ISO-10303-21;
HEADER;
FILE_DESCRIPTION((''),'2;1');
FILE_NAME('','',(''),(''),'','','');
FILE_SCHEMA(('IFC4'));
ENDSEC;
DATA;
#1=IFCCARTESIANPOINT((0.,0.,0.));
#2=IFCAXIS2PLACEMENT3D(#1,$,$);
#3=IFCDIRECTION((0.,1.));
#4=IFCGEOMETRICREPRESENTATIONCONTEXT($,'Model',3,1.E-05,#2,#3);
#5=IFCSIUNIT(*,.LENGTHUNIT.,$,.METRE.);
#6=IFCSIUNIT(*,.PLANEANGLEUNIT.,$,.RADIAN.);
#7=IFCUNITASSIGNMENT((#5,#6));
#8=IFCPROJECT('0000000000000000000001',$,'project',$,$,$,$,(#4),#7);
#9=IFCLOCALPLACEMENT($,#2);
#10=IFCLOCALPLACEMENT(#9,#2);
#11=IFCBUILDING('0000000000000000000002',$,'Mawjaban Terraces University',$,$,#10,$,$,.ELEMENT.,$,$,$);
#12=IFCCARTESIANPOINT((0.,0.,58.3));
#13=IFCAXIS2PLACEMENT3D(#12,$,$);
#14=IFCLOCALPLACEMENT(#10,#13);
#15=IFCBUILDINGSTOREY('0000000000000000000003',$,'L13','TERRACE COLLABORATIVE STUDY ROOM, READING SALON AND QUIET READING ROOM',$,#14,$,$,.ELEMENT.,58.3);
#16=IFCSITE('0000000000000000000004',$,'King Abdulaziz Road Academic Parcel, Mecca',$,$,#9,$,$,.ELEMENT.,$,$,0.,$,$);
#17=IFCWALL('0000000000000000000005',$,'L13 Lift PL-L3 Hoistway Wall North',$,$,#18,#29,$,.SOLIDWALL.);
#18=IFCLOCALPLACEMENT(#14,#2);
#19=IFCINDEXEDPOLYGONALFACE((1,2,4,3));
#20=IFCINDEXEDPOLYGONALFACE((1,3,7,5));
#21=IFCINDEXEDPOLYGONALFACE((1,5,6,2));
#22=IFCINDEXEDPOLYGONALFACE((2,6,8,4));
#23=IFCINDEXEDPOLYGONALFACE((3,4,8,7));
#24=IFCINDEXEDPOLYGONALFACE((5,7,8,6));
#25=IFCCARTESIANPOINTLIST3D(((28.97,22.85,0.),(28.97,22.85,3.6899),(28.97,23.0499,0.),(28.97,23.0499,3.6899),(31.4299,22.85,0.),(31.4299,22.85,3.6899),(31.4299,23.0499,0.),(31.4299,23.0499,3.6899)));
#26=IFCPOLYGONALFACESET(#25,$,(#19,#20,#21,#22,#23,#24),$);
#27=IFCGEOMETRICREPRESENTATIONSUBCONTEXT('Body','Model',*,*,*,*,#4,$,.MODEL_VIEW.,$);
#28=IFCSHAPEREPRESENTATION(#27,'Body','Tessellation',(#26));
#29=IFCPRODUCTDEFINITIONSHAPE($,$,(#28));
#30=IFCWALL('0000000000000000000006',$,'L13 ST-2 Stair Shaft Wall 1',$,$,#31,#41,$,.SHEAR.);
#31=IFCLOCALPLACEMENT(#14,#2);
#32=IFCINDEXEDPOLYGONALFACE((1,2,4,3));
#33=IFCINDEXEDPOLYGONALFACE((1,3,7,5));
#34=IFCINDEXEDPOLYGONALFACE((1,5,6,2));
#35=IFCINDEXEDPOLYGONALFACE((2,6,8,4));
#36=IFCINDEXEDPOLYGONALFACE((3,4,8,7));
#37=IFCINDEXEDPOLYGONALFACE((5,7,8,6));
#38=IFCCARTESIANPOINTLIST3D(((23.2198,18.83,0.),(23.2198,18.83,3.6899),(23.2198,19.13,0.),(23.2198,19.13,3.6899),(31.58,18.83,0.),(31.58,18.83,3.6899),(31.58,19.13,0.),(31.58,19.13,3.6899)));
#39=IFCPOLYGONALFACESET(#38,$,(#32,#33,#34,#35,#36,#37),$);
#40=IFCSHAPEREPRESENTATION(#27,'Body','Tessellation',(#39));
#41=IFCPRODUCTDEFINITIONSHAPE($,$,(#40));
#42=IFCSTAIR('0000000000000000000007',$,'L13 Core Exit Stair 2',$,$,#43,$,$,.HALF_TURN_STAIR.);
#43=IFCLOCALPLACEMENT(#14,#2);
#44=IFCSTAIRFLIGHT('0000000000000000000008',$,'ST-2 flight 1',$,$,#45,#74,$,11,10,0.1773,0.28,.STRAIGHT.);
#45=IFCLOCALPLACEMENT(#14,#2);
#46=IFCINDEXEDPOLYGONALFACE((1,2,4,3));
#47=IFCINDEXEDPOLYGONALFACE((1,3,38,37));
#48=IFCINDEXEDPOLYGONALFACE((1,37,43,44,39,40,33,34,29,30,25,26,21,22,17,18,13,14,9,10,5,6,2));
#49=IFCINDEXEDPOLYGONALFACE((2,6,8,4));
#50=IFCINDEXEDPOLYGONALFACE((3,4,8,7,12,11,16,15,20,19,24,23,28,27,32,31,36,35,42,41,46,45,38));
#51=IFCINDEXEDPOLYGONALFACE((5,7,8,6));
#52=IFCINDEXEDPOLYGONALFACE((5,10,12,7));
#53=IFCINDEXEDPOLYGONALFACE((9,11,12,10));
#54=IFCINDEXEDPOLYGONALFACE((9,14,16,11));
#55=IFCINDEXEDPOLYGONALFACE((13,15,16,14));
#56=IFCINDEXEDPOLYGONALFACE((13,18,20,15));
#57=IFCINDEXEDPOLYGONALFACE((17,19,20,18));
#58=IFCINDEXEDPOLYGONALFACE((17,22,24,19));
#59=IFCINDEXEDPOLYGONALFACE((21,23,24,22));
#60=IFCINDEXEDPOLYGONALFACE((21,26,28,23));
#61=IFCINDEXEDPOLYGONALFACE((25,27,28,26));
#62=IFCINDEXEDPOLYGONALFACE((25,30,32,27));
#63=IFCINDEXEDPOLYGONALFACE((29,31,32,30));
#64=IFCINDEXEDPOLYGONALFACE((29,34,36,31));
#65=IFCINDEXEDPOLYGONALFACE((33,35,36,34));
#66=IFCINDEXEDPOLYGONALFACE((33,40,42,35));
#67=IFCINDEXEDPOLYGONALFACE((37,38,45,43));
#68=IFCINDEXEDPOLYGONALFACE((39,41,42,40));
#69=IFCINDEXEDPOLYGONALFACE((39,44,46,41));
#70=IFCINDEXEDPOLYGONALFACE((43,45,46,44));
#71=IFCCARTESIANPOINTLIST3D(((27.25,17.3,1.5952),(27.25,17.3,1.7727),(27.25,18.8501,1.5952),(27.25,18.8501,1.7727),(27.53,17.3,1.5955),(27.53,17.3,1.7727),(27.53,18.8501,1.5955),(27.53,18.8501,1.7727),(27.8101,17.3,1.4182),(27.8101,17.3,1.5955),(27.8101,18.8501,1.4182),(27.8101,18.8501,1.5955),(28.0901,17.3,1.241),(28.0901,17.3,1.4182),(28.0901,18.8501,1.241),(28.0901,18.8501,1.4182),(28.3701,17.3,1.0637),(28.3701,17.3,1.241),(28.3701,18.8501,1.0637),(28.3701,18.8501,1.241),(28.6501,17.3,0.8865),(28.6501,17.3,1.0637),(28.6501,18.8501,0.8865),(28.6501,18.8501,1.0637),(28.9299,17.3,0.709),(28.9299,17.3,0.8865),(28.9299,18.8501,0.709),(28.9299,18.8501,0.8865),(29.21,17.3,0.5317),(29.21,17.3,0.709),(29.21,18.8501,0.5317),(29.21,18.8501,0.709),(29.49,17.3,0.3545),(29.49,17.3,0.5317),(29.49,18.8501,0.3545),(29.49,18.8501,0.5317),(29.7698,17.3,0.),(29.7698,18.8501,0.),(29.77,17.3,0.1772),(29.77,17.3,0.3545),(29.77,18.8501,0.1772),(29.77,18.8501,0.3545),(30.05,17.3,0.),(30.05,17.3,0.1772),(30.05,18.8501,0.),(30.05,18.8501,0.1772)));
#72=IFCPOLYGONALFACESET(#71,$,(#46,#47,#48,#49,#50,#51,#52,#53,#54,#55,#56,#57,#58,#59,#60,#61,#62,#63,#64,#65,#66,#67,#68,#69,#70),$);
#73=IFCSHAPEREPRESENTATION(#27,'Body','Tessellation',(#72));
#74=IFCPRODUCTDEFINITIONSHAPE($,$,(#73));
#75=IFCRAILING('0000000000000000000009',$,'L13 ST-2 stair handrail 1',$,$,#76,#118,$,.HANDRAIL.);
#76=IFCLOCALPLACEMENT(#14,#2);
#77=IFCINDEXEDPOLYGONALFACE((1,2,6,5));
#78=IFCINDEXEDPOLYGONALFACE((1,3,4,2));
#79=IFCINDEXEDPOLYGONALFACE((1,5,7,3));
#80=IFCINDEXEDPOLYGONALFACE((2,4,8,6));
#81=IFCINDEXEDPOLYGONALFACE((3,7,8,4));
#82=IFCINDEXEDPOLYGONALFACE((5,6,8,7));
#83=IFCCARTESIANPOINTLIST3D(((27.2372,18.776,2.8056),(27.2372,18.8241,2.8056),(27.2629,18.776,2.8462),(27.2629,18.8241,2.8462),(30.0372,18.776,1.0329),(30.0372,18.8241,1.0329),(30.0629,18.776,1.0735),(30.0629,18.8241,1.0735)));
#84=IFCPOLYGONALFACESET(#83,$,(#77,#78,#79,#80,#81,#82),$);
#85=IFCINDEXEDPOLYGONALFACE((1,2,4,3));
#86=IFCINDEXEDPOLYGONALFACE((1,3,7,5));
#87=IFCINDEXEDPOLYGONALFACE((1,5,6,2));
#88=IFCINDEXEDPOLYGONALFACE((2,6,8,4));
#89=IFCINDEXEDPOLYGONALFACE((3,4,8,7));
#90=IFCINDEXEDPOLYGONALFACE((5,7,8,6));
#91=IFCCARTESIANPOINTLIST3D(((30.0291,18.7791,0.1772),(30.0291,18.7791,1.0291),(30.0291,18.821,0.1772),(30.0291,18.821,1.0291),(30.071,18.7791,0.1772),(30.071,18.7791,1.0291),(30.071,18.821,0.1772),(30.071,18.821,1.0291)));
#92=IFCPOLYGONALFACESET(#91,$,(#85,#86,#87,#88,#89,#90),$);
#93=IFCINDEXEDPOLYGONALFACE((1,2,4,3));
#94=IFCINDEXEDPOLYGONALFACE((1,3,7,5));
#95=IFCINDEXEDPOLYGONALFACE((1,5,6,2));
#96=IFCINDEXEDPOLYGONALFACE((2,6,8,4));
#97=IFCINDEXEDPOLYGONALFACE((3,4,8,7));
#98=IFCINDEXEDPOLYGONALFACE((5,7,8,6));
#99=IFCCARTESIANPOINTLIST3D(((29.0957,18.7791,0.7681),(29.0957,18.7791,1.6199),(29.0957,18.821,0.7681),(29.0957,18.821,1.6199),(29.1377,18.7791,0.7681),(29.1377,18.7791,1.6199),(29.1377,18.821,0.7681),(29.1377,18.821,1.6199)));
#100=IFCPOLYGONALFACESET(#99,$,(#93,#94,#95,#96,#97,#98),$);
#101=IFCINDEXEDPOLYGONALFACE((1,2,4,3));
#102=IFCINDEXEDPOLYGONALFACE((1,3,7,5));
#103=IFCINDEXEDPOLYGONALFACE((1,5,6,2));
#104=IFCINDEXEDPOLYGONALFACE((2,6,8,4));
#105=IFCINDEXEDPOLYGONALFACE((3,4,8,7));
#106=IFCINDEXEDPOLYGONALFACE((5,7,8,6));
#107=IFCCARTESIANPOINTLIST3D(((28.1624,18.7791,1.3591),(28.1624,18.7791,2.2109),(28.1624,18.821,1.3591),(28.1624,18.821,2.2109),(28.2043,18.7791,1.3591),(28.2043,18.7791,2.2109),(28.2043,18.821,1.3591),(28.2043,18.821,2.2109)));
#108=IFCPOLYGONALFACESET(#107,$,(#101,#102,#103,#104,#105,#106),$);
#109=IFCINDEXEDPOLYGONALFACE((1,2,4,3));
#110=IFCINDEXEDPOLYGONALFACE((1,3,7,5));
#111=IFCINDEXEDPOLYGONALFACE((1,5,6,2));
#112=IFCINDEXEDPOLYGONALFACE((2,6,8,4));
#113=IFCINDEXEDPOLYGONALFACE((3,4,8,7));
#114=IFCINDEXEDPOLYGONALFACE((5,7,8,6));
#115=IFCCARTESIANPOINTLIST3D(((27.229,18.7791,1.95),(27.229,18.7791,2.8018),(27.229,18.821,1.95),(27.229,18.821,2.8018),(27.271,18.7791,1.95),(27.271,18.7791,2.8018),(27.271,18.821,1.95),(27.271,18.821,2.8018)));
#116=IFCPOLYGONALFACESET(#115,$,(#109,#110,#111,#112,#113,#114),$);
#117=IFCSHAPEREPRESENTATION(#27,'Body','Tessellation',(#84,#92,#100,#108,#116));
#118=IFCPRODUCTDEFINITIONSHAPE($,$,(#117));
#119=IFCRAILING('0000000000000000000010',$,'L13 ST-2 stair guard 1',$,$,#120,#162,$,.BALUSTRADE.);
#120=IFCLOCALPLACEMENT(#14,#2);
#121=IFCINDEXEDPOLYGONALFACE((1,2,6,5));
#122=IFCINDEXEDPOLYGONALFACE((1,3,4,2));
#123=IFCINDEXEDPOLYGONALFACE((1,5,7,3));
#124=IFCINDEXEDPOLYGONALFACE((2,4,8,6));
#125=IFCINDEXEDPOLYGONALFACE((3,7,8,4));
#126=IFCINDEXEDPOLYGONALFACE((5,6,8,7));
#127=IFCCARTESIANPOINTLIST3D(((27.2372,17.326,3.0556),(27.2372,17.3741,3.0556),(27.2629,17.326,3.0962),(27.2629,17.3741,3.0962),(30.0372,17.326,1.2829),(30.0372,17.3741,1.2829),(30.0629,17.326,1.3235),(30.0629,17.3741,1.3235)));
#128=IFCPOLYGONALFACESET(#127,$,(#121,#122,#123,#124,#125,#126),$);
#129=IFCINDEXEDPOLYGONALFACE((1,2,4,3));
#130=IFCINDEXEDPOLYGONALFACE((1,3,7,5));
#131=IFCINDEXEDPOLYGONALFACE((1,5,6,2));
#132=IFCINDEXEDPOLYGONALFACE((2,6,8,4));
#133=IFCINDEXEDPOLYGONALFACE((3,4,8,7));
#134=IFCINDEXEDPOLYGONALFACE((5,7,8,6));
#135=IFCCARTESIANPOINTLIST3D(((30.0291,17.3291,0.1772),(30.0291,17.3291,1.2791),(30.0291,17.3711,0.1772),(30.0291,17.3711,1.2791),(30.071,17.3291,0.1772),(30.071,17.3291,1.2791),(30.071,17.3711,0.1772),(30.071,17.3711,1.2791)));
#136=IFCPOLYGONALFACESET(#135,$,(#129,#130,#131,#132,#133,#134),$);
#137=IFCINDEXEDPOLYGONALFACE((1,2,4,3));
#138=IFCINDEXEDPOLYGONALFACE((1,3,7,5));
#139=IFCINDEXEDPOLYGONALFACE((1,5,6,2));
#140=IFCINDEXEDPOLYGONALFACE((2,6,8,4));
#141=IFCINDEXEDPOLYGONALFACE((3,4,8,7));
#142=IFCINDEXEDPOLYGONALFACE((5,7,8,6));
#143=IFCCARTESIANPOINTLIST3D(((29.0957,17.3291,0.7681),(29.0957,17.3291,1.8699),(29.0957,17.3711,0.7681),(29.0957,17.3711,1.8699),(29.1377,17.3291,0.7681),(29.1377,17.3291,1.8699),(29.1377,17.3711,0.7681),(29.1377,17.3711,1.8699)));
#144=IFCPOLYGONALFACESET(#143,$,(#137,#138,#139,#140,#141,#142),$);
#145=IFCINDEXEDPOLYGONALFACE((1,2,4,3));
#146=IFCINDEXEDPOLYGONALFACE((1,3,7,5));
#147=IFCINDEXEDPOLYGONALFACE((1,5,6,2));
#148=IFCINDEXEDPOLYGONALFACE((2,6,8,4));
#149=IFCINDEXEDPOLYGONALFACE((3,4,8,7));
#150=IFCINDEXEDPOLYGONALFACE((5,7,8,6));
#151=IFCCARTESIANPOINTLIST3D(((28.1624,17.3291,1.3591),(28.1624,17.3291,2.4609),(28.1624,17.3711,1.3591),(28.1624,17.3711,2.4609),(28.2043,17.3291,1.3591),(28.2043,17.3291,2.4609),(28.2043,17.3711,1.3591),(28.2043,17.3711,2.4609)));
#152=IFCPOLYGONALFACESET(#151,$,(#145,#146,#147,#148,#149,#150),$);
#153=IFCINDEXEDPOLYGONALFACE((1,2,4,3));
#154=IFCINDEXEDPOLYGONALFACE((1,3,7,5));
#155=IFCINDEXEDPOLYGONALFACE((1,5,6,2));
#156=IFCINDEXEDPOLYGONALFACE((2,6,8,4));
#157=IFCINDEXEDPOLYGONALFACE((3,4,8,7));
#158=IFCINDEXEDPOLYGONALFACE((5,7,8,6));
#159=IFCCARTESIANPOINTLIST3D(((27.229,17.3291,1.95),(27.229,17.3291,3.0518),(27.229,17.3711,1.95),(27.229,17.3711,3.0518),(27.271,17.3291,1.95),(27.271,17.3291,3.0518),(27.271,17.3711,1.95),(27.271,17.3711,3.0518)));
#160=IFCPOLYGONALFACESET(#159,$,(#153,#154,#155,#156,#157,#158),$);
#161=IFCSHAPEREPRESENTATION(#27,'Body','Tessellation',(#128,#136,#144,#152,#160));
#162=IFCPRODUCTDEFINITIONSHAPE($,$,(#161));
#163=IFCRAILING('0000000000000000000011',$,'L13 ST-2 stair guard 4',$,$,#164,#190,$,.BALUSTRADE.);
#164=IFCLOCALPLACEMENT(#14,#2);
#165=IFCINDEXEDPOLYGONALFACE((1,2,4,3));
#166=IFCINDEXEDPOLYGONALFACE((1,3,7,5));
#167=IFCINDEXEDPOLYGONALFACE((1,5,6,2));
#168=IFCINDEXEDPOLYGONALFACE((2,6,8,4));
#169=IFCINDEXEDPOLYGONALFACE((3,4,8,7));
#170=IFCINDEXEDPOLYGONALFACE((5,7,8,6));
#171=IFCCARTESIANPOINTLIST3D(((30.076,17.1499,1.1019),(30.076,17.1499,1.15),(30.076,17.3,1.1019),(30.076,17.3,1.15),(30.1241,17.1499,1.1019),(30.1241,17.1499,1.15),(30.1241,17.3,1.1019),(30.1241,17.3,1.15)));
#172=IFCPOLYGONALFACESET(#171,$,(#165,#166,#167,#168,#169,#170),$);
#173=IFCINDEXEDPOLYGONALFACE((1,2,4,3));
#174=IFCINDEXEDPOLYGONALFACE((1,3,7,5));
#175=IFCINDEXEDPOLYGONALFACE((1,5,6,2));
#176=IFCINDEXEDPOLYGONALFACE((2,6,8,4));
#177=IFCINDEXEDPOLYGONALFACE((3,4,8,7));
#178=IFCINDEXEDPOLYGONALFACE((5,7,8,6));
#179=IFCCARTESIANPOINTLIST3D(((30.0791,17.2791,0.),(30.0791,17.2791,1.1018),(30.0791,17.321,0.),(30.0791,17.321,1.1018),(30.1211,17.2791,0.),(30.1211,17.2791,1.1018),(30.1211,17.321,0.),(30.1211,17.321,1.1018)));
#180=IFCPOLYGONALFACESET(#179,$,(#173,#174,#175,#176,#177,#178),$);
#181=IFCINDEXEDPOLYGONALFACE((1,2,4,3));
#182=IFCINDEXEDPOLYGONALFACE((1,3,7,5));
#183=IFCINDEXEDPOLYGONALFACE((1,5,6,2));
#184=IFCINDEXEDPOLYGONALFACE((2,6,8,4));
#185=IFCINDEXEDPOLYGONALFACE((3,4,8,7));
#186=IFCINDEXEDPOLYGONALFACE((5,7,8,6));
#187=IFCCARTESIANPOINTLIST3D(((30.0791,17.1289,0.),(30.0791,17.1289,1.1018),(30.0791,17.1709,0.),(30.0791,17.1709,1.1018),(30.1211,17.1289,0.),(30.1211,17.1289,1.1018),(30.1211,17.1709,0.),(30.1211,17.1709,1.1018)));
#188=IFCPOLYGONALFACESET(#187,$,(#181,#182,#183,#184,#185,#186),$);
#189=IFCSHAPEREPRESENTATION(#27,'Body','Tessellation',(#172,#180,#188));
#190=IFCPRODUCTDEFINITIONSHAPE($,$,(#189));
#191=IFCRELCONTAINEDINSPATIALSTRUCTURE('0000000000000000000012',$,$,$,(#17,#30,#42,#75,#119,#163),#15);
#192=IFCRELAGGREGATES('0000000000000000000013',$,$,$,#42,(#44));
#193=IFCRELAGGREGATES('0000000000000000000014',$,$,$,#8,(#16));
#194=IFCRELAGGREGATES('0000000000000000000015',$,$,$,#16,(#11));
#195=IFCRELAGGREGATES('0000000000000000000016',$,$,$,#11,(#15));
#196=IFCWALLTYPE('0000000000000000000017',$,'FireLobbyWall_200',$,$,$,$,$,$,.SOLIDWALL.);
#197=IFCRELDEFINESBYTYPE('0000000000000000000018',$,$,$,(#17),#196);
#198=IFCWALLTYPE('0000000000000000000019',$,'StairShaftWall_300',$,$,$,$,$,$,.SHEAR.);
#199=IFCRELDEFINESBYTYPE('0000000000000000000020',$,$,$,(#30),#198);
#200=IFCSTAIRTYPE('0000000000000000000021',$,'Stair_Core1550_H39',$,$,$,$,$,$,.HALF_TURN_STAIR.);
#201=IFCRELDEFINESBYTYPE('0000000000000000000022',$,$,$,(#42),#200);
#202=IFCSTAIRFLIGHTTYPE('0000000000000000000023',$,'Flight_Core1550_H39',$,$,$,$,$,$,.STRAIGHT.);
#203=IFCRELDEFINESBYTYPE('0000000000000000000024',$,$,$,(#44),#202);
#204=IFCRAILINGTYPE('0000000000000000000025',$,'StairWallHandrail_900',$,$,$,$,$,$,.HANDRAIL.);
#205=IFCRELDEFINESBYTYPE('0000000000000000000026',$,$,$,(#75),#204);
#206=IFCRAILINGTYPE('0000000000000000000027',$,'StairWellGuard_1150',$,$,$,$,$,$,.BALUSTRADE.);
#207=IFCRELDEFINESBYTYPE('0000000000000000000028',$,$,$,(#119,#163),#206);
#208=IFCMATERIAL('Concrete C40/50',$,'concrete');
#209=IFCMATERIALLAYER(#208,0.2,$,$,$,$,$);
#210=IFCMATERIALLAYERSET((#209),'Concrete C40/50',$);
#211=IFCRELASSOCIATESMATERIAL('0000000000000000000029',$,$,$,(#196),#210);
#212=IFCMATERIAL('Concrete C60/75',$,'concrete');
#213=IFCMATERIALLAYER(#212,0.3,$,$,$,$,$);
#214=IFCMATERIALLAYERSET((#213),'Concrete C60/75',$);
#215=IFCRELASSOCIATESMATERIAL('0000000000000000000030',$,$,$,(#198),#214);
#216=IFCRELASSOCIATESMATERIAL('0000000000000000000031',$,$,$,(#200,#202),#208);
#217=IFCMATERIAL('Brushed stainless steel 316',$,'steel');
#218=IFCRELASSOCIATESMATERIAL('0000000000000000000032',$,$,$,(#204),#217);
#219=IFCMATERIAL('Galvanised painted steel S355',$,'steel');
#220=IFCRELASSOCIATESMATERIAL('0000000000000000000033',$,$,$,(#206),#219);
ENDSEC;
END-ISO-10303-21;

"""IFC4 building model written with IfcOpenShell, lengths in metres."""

from ifc_helpers import new_model, si_unit, direction, frame, frame_2d, origin, origin_2d, place, context, subcontext, project, spatial, polyline, rectangle, outline, extrude, material, layer, layer_set, type_object, element, aggregate, save


model = new_model("IFC4")

# Units and contexts
model_context = context("Model", 3, precision=1e-05, world=origin(), true_north=direction((0.0, 1.0)))
body_context = subcontext(model_context, "Body", "Model", "MODEL_VIEW")
ifc_project = project(units=[si_unit("LENGTHUNIT", "METRE"), si_unit("PLANEANGLEUNIT", "RADIAN")], contexts=[model_context])

# Site, building, storey
site_placement = place(None, origin())
site = spatial("IfcSite", under=ifc_project, at=site_placement, Name="King Abdulaziz Road Academic Parcel, Mecca", CompositionType="ELEMENT", RefElevation=0.0)
building_placement = place(site_placement, origin())
building = spatial("IfcBuilding", under=site, at=building_placement, Name="Mawjaban Terraces University", CompositionType="ELEMENT")
storey_placement = place(building_placement, frame((0.0, 0.0, 58.3)))
storey = spatial("IfcBuildingStorey", under=building, at=storey_placement, Name="L13", Description="TERRACE COLLABORATIVE STUDY ROOM, READING SALON AND QUIET READING ROOM", CompositionType="ELEMENT", Elevation=58.3)

# Shared definitions
ifc_material_1 = material(Name="Concrete C40/50", Category="concrete")
ifc_layer_1 = layer(ifc_material_1, 0.2)
ifc_layer_set_1 = layer_set([ifc_layer_1], Name="Concrete C40/50")
wall_type_1 = type_object("IfcWallType", Name="FireLobbyWall_200", PredefinedType="SOLIDWALL", material=ifc_layer_set_1)

# Walls
wall_1_placement = place(storey_placement, frame((31.4299, 22.95, 0.0), z_axis=(0.0, 0.0, 1.0), x_axis=(-1.0, 0.0, 0.0)))
element("IfcWall", 1, at=wall_1_placement, inside=storey, type_object=wall_type_1, Name="L13 Lift PL-L3 Hoistway Wall North", PredefinedType="SOLIDWALL", context=body_context, shape_type="SweptSolid", body=[
    extrude(rectangle(XDim=2.46, YDim=0.2, at=frame_2d((1.23, 0.0))), origin(), (0.0, 0.0, 1.0), 3.6899),
])
ifc_material_2 = material(Name="Concrete C60/75", Category="concrete")
ifc_layer_2 = layer(ifc_material_2, 0.3)
ifc_layer_set_2 = layer_set([ifc_layer_2], Name="Concrete C60/75")
wall_type_2 = type_object("IfcWallType", Name="StairShaftWall_300", PredefinedType="SHEAR", material=ifc_layer_set_2)
wall_2_placement = place(storey_placement, frame((31.5801, 18.98, 0.0), z_axis=(0.0, 0.0, 1.0), x_axis=(-1.0, 0.0, 0.0)))
element("IfcWall", 2, at=wall_2_placement, inside=storey, type_object=wall_type_2, Name="L13 ST-2 Stair Shaft Wall 1", PredefinedType="SHEAR", context=body_context, shape_type="SweptSolid", body=[
    extrude(rectangle(XDim=8.3601, YDim=0.3, at=frame_2d((4.1802, 0.0))), origin(), (0.0, 0.0, 1.0), 3.6899),
])

# Stair, stair flight
stair_type = type_object("IfcStairType", Name="Stair_Core1550_H39", PredefinedType="HALF_TURN_STAIR", material=ifc_material_1)
stair_placement = place(storey_placement, origin())
stair = element("IfcStair", 3, at=stair_placement, inside=storey, type_object=stair_type, Name="L13 Core Exit Stair 2", PredefinedType="HALF_TURN_STAIR")
stair_flight_type = type_object("IfcStairFlightType", Name="Flight_Core1550_H39", PredefinedType="STRAIGHT", material=ifc_material_1)
stair_flight_placement = place(storey_placement, frame((30.05, 18.075, 0.0), z_axis=(0.0, 0.0, 1.0), x_axis=(-1.0, 0.0, 0.0)))
stair_flight = element("IfcStairFlight", 4, at=stair_flight_placement, type_object=stair_flight_type, Name="ST-2 flight 1", NumberOfRisers=11, NumberOfTreads=10, PredefinedType="STRAIGHT", RiserHeight=0.1773, TreadLength=0.28, context=body_context, shape_type="SweptSolid", body=[
    extrude(outline(polyline([(0.0, 0.0), (0.0, 0.1772), (0.28, 0.1772), (0.28, 0.3545), (0.5601, 0.3545), (0.5601, 0.5317), (0.8401, 0.5317), (0.8401, 0.709), (1.1201, 0.709), (1.1201, 0.8865), (1.3999, 0.8865), (1.3999, 1.0637), (1.6799, 1.0637), (1.6799, 1.241), (1.96, 1.241), (1.96, 1.4182), (2.24, 1.4182), (2.24, 1.5955), (2.52, 1.5955), (2.52, 1.7727), (2.8, 1.7727), (2.8, 1.95), (2.8, 1.5952), (0.2803, 0.0), (0.0, 0.0)])), frame((0.0, 0.7749, 0.0), z_axis=(0.0, -1.0, 0.0), x_axis=(1.0, 0.0, 0.0)), (0.0, 0.0, 1.0), 1.55),
])
aggregate(stair, [stair_flight])

# Railings
ifc_material_3 = material(Name="Brushed stainless steel 316", Category="steel")
railing_type_1 = type_object("IfcRailingType", Name="StairWallHandrail_900", PredefinedType="HANDRAIL", material=ifc_material_3)
railing_1_placement = place(storey_placement, frame((30.05, 18.8, 0.1772)))
element("IfcRailing", 5, at=railing_1_placement, inside=storey, type_object=railing_type_1, Name="L13 ST-2 stair handrail 1", PredefinedType="HANDRAIL", context=body_context, shape_type="SweptSolid", body=[
    extrude(rectangle(XDim=0.0481, YDim=0.0481, at=origin_2d()), frame((0.0, 0.0, 0.876), z_axis=(-0.844909, 0.0, 0.53491), x_axis=(0.0, -1.0, 0.0)), (0.0, 0.0, 1.0), 3.314),
    extrude(rectangle(XDim=0.042, YDim=0.042, at=origin_2d()), origin(), (0.0, 0.0, 1.0), 0.8518),
    extrude(rectangle(XDim=0.042, YDim=0.042, at=origin_2d()), frame((-0.9333, 0.0, 0.5908)), (0.0, 0.0, 1.0), 0.8518),
    extrude(rectangle(XDim=0.042, YDim=0.042, at=origin_2d()), frame((-1.8667, 0.0, 1.1819)), (0.0, 0.0, 1.0), 0.8518),
    extrude(rectangle(XDim=0.042, YDim=0.042, at=origin_2d()), frame((-2.8, 0.0, 1.7727)), (0.0, 0.0, 1.0), 0.8518),
])
ifc_material_4 = material(Name="Galvanised painted steel S355", Category="steel")
railing_type_2 = type_object("IfcRailingType", Name="StairWellGuard_1150", PredefinedType="BALUSTRADE", material=ifc_material_4)
railing_2_placement = place(storey_placement, frame((30.05, 17.3501, 0.1772)))
element("IfcRailing", 6, at=railing_2_placement, inside=storey, type_object=railing_type_2, Name="L13 ST-2 stair guard 1", PredefinedType="BALUSTRADE", context=body_context, shape_type="SweptSolid", body=[
    extrude(rectangle(XDim=0.0481, YDim=0.0481, at=origin_2d()), frame((0.0, 0.0, 1.126), z_axis=(-0.844909, 0.0, 0.53491), x_axis=(0.0, -1.0, 0.0)), (0.0, 0.0, 1.0), 3.314),
    extrude(rectangle(XDim=0.042, YDim=0.042, at=origin_2d()), origin(), (0.0, 0.0, 1.0), 1.1018),
    extrude(rectangle(XDim=0.042, YDim=0.042, at=origin_2d()), frame((-0.9333, 0.0, 0.5908)), (0.0, 0.0, 1.0), 1.1018),
    extrude(rectangle(XDim=0.042, YDim=0.042, at=origin_2d()), frame((-1.8667, 0.0, 1.1819)), (0.0, 0.0, 1.0), 1.1018),
    extrude(rectangle(XDim=0.042, YDim=0.042, at=origin_2d()), frame((-2.8, 0.0, 1.7727)), (0.0, 0.0, 1.0), 1.1018),
])
railing_3_placement = place(storey_placement, frame((30.1001, 17.3, 0.0)))
element("IfcRailing", 7, at=railing_3_placement, inside=storey, type_object=railing_type_2, Name="L13 ST-2 stair guard 4", PredefinedType="BALUSTRADE", context=body_context, shape_type="SweptSolid", body=[
    extrude(rectangle(XDim=0.0481, YDim=0.0481, at=origin_2d()), frame((0.0, 0.0, 1.126), z_axis=(0.0, -1.0, 0.0), x_axis=(1.0, 0.0, 0.0)), (0.0, 0.0, 1.0), 0.1501),
    extrude(rectangle(XDim=0.042, YDim=0.042, at=origin_2d()), origin(), (0.0, 0.0, 1.0), 1.1018),
    extrude(rectangle(XDim=0.042, YDim=0.042, at=origin_2d()), frame((0.0, -0.1501, 0.0)), (0.0, 0.0, 1.0), 1.1018),
])

save(model, "model.ifc")
